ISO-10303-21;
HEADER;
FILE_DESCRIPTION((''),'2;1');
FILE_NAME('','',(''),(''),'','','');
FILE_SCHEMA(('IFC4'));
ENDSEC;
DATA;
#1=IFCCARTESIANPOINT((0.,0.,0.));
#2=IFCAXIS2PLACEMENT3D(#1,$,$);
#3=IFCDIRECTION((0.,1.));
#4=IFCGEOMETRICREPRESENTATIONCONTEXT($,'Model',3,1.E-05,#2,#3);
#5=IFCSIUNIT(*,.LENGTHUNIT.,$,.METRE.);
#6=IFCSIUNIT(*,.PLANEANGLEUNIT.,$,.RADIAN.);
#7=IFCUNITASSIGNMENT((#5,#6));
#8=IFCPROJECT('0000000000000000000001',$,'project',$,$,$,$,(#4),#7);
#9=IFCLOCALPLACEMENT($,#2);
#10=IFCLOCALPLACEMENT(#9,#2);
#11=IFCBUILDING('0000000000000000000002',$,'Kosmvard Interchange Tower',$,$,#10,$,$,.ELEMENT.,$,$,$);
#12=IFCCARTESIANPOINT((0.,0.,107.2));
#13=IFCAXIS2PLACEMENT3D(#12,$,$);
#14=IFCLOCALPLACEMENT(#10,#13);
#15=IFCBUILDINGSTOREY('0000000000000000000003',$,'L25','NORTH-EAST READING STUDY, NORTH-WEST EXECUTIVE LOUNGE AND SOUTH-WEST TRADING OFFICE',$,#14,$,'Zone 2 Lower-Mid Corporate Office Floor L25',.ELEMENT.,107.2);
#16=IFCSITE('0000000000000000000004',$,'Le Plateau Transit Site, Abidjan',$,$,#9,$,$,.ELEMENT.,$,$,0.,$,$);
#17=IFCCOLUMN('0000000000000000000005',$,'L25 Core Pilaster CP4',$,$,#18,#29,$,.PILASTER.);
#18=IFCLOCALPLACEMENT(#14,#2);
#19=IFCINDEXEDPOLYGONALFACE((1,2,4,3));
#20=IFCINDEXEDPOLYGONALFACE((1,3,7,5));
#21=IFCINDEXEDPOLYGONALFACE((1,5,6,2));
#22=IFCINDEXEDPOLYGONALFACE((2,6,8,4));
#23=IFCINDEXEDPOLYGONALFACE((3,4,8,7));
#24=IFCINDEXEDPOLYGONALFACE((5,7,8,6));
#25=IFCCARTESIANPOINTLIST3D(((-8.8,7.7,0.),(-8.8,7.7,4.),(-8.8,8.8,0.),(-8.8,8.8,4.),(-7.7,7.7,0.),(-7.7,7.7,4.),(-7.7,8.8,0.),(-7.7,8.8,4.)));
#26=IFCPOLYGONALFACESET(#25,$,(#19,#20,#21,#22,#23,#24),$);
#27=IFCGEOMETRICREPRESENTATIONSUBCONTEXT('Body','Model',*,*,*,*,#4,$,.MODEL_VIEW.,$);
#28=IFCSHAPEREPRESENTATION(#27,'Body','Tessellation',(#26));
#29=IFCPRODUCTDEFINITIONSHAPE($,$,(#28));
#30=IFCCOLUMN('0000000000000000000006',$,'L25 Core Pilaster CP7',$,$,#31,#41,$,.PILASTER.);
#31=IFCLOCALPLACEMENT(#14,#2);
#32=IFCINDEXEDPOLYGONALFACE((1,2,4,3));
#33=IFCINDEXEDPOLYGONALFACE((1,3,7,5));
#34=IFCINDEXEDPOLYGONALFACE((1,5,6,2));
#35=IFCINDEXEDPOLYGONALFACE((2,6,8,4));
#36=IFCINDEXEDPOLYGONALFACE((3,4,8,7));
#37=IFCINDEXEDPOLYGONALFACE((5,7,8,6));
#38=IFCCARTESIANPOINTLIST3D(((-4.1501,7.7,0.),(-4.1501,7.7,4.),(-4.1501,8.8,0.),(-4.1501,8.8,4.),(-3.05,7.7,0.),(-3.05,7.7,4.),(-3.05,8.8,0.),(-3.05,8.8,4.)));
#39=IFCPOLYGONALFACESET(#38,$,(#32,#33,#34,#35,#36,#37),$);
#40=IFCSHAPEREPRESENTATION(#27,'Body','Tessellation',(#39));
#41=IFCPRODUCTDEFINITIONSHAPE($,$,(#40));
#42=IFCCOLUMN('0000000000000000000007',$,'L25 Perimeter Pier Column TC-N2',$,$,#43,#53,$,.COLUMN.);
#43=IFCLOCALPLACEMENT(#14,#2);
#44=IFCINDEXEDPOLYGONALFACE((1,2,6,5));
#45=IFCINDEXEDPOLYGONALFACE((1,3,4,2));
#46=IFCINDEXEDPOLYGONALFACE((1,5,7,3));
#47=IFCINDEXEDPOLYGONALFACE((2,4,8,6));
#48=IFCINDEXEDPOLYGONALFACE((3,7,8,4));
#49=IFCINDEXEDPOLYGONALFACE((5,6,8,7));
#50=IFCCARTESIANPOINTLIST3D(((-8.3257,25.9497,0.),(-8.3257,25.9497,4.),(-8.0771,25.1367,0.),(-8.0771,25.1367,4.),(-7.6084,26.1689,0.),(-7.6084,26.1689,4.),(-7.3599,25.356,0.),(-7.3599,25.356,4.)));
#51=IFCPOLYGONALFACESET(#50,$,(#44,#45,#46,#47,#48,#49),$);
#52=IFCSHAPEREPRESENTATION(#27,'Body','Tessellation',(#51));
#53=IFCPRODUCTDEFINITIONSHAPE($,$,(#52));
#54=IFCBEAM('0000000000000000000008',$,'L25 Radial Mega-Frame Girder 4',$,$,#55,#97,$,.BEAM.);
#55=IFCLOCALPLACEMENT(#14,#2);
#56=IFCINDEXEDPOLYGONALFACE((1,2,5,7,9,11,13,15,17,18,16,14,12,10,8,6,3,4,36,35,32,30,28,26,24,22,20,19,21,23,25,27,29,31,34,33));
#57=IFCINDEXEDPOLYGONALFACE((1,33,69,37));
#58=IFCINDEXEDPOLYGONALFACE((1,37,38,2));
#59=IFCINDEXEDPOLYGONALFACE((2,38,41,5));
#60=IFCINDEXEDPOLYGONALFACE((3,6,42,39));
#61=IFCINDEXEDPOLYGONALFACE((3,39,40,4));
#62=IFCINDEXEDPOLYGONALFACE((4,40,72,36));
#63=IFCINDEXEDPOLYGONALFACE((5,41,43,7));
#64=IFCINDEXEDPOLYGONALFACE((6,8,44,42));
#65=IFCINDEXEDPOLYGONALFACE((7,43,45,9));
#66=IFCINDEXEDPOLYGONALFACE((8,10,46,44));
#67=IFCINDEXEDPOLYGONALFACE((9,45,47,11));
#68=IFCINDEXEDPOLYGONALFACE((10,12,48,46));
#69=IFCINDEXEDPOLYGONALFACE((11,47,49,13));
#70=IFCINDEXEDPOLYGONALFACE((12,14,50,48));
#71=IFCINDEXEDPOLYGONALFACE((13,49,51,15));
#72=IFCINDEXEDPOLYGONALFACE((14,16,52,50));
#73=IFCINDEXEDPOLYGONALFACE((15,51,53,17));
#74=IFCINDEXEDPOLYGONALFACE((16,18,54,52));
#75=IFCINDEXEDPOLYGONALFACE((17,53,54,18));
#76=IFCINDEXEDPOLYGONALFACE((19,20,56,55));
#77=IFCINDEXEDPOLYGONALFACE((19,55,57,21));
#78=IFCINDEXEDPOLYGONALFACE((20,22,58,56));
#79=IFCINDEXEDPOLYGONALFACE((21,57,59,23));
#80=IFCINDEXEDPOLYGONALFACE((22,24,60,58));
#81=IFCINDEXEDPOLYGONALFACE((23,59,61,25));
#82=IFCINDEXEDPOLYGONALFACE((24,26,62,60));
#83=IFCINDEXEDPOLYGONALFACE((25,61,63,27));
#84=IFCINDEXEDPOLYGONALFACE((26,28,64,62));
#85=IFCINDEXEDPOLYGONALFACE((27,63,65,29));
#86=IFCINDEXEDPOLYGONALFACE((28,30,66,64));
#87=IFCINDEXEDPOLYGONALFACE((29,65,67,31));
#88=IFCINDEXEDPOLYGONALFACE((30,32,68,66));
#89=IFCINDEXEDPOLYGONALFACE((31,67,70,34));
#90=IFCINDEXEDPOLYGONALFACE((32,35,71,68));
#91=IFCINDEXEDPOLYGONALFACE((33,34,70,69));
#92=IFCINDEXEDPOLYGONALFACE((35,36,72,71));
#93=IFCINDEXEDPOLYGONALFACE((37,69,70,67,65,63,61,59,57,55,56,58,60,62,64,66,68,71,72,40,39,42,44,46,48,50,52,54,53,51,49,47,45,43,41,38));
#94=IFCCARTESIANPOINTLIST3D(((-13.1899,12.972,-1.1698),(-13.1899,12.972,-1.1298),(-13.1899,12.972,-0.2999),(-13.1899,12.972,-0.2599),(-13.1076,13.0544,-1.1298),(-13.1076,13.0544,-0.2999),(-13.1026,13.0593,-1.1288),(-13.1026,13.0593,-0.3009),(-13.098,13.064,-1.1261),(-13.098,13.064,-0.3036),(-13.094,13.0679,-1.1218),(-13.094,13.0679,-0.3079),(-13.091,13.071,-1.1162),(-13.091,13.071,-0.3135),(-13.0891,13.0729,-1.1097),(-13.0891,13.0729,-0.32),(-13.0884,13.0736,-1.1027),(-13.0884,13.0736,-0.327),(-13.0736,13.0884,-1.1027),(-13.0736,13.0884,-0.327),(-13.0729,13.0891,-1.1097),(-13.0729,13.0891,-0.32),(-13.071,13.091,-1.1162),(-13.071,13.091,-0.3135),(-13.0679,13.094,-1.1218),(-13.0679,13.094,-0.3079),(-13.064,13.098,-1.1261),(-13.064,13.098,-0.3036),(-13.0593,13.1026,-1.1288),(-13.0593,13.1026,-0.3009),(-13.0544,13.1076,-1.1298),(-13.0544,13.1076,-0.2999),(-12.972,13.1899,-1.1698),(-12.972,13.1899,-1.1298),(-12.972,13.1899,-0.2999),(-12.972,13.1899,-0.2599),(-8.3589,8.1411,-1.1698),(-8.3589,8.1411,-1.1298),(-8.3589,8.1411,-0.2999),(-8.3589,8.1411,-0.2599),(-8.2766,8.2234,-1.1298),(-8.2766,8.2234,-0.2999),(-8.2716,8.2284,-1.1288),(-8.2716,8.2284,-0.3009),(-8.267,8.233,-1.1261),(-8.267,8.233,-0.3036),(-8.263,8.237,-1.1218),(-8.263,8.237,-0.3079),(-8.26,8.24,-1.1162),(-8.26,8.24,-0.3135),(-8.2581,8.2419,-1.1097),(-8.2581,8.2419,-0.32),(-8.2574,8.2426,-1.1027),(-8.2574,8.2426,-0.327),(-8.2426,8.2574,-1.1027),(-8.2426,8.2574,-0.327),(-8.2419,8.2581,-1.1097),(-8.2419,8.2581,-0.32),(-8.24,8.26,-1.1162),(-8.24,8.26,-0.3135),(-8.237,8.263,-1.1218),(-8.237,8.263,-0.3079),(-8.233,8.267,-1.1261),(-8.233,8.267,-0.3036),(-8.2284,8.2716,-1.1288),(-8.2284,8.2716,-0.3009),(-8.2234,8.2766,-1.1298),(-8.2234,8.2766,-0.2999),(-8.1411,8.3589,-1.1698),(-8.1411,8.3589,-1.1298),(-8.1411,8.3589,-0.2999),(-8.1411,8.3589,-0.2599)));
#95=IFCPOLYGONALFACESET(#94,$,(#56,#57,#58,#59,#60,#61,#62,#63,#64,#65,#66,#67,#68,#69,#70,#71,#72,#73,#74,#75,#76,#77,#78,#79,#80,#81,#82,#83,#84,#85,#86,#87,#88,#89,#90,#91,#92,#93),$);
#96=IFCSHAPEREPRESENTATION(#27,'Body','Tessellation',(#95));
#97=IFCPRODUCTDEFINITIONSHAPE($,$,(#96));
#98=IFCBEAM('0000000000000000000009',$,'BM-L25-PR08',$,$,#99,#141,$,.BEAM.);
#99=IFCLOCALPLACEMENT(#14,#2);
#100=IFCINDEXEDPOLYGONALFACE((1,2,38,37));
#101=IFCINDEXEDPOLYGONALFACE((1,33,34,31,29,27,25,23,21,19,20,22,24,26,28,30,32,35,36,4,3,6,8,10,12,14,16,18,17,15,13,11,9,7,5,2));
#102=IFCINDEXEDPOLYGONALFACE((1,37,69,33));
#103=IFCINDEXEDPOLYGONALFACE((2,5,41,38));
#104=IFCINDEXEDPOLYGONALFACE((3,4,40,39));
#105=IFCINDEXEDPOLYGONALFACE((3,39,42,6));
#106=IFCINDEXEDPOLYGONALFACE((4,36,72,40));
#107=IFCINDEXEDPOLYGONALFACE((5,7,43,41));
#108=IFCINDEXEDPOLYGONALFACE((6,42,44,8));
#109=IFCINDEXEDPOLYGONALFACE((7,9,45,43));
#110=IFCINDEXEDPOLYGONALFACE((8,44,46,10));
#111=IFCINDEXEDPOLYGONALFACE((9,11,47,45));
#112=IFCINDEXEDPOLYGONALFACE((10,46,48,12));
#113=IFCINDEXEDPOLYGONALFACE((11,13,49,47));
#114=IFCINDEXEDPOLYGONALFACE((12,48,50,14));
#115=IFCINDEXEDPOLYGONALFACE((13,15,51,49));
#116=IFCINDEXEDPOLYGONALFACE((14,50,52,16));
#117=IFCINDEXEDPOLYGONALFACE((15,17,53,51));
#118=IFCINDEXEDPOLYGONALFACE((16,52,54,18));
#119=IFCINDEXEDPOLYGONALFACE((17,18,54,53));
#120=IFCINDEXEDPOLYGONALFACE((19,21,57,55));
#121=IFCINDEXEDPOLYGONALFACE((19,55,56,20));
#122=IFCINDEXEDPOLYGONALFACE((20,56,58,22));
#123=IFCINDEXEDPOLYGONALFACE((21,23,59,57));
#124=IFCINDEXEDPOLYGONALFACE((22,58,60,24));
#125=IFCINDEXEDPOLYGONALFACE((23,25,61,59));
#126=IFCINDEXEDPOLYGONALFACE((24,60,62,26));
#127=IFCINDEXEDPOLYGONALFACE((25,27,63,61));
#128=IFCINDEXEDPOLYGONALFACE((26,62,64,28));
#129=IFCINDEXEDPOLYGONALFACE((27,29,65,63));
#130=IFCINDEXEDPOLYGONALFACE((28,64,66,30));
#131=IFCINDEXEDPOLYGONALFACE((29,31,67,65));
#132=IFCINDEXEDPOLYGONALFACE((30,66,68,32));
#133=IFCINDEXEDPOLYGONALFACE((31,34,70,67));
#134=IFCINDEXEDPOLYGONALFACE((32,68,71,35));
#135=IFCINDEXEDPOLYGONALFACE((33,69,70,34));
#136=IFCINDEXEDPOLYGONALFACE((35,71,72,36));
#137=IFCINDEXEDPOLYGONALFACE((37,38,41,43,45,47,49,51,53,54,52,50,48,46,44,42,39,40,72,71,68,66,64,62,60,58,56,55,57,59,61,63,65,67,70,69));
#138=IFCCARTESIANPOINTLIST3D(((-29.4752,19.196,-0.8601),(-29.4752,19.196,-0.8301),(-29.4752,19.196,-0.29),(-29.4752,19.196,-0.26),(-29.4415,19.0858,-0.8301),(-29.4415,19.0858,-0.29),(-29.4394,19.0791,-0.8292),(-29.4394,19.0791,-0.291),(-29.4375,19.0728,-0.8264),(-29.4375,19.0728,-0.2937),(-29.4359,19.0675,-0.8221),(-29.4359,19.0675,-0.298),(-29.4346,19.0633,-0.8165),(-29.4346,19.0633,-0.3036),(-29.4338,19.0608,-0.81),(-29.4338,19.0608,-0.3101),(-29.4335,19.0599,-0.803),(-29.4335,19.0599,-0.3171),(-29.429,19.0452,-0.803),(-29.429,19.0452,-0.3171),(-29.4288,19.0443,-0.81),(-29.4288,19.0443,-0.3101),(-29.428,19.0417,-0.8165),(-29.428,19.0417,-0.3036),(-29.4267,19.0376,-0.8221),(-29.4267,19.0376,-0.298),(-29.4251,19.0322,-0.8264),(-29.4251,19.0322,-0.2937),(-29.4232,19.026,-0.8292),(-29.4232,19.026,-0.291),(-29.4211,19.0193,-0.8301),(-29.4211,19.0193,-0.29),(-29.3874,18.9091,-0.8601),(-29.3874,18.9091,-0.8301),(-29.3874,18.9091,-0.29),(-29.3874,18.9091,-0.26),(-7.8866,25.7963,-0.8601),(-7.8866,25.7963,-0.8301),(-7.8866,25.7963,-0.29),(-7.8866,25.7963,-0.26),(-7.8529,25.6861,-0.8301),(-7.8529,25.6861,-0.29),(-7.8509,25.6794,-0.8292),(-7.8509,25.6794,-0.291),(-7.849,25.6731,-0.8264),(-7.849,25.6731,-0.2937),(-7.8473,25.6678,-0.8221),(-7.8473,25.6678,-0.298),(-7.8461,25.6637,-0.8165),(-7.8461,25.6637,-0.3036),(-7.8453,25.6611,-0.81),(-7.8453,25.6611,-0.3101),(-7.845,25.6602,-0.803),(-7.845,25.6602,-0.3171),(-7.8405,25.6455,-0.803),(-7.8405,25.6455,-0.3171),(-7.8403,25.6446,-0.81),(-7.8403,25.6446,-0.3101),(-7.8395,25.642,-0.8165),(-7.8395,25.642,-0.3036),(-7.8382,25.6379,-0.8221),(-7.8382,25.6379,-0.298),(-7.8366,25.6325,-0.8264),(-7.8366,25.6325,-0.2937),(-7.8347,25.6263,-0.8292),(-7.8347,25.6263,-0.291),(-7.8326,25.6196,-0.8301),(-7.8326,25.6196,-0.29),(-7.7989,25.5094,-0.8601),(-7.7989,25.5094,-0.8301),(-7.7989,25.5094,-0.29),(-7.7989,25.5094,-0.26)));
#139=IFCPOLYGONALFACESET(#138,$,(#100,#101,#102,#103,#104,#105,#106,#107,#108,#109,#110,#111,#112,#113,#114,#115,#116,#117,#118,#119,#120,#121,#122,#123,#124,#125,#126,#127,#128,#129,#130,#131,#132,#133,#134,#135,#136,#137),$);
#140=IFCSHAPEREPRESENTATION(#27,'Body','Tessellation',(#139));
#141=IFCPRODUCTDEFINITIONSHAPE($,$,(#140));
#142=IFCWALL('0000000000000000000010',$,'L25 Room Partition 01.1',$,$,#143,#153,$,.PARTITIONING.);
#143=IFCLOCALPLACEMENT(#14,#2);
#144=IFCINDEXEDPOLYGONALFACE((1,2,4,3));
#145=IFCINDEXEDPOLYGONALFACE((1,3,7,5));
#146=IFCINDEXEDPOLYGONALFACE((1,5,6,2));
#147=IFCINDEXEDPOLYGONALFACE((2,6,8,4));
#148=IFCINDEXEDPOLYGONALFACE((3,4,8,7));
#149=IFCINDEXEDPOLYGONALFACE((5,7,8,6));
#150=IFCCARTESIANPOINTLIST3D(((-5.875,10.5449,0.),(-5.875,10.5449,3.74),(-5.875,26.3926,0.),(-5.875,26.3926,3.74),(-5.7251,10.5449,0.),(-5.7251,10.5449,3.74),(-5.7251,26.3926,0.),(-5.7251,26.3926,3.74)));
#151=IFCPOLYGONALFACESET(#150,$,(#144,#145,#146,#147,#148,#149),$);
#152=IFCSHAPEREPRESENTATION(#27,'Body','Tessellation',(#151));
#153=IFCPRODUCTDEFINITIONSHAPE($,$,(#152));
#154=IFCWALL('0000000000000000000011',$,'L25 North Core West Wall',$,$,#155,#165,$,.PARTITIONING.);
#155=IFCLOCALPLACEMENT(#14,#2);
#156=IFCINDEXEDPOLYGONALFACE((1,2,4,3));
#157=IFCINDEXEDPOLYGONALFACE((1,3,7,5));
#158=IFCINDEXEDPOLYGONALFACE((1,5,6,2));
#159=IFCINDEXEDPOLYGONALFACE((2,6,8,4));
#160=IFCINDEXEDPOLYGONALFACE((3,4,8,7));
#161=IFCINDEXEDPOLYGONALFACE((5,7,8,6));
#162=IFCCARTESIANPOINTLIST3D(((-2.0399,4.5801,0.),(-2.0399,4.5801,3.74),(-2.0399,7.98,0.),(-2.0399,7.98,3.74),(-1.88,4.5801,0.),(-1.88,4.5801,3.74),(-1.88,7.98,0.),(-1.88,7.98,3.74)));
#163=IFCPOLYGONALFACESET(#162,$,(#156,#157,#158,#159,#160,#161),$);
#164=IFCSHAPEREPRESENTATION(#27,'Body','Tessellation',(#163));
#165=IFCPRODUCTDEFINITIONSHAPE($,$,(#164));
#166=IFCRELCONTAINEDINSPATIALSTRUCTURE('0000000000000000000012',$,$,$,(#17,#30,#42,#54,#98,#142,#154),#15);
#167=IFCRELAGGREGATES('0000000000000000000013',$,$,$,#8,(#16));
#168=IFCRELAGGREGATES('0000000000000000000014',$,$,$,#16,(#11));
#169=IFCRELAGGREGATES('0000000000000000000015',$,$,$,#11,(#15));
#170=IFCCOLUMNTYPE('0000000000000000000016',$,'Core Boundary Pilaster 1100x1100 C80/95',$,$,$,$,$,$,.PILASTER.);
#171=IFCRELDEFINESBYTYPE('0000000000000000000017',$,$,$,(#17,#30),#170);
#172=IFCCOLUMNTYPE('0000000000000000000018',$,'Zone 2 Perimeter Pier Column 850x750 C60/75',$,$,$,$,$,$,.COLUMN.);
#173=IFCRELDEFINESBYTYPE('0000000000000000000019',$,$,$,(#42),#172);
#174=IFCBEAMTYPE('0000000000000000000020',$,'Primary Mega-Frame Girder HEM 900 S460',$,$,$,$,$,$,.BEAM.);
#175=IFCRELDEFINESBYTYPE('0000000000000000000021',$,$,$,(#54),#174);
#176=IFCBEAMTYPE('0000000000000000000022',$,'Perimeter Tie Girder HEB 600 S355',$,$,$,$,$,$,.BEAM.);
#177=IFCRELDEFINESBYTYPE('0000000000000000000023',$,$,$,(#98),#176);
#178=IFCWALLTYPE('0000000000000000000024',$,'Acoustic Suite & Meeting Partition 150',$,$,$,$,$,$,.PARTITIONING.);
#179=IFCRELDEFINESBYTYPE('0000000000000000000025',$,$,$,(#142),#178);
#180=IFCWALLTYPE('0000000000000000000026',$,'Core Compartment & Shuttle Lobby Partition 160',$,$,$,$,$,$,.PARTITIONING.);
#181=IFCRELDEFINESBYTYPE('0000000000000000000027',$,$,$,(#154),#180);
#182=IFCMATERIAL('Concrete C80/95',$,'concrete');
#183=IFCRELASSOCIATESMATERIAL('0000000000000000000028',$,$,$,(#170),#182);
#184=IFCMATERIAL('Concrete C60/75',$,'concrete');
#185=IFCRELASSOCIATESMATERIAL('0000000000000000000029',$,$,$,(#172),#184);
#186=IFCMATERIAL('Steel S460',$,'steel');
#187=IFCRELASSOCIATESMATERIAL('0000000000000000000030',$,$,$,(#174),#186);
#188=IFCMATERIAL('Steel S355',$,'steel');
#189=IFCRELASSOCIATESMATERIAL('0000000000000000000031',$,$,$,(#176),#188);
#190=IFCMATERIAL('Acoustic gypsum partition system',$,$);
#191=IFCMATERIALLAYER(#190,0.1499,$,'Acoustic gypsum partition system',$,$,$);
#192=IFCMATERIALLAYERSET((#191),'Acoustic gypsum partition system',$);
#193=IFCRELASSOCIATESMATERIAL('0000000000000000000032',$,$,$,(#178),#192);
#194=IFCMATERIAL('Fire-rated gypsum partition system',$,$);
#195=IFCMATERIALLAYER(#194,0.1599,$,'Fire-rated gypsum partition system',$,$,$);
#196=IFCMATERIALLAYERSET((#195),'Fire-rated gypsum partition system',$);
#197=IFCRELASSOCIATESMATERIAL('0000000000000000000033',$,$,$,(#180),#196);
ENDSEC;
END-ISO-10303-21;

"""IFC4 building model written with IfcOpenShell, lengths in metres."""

from ifc_helpers import new_model, si_unit, direction, frame, frame_2d, origin, origin_2d, place, context, subcontext, project, spatial, rectangle, i_section, extrude, source, transform, mapped, material, layer, layer_set, material_profile, profile_set, type_object, element, save


model = new_model("IFC4")

# Units and contexts
model_context = context("Model", 3, precision=1e-05, world=origin(), true_north=direction((0.0, 1.0)))
body_context = subcontext(model_context, "Body", "Model", "MODEL_VIEW")
ifc_project = project(units=[si_unit("LENGTHUNIT", "METRE"), si_unit("PLANEANGLEUNIT", "RADIAN")], contexts=[model_context])

# Site, building, storey
site_placement = place(None, origin())
site = spatial("IfcSite", under=ifc_project, at=site_placement, Name="Le Plateau Transit Site, Abidjan", CompositionType="ELEMENT", RefElevation=0.0)
building_placement = place(site_placement, origin())
building = spatial("IfcBuilding", under=site, at=building_placement, Name="Kosmvard Interchange Tower", CompositionType="ELEMENT")
storey_placement = place(building_placement, frame((0.0, 0.0, 107.2)))
storey = spatial("IfcBuildingStorey", under=building, at=storey_placement, Name="L25", Description="NORTH-EAST READING STUDY, NORTH-WEST EXECUTIVE LOUNGE AND SOUTH-WEST TRADING OFFICE", LongName="Zone 2 Lower-Mid Corporate Office Floor L25", CompositionType="ELEMENT", Elevation=107.2)

# Columns
ifc_material_1 = material(Name="Concrete C80/95", Category="concrete")
ifc_material_profile_1 = material_profile(ifc_material_1, rectangle(XDim=1.1001, YDim=1.1001, at=origin_2d()), Name="CP 1100x1100")
ifc_profile_set_1 = profile_set([ifc_material_profile_1], Name="Concrete C80/95")
column_type_1 = type_object("IfcColumnType", Name="Core Boundary Pilaster 1100x1100 C80/95", PredefinedType="PILASTER", material=ifc_profile_set_1)
shared_shape_1 = source(origin(), body_context, "Body", "SweptSolid", [
    extrude(rectangle(XDim=1.1001, YDim=1.1001, at=origin_2d()), origin(), (0.0, 0.0, 1.0), 4.0),
])
for number, where, z_axis, x_axis, name in (
    (1, (-8.25, 8.25, 0.0), (0.0, 0.0, 1.0), (1.0, 0.0, 0.0), "L25 Core Pilaster CP4"),
    (2, (-3.6001, 8.25, 0.0), (0.0, 0.0, 1.0), (1.0, 0.0, 0.0), "L25 Core Pilaster CP7"),
):
    element("IfcColumn", number, at=place(storey_placement, frame(where, z_axis=z_axis, x_axis=x_axis)), inside=storey, type_object=column_type_1, Name=name, PredefinedType="PILASTER", context=body_context, shape_type="MappedRepresentation", body=[
        mapped(shared_shape_1, transform((0.0, 0.0, 0.0), scale=1.0)),
    ])
ifc_material_2 = material(Name="Concrete C60/75", Category="concrete")
ifc_material_profile_2 = material_profile(ifc_material_2, rectangle(XDim=0.75, YDim=0.8501, at=origin_2d()), Name="TC 850x750")
ifc_profile_set_2 = profile_set([ifc_material_profile_2], Name="Concrete C60/75")
column_type_2 = type_object("IfcColumnType", Name="Zone 2 Perimeter Pier Column 850x750 C60/75", PredefinedType="COLUMN", material=ifc_profile_set_2)
shared_shape_2 = source(origin(), body_context, "Body", "SweptSolid", [
    extrude(rectangle(XDim=0.75, YDim=0.8501, at=origin_2d()), origin(), (0.0, 0.0, 1.0), 4.0),
])
column_placement = place(storey_placement, frame((-7.8428, 25.6528, 0.0), z_axis=(0.0, 0.0, 1.0), x_axis=(0.956305, 0.292372, 0.0)))
element("IfcColumn", 3, at=column_placement, inside=storey, type_object=column_type_2, Name="L25 Perimeter Pier Column TC-N2", PredefinedType="COLUMN", context=body_context, shape_type="MappedRepresentation", body=[
    mapped(shared_shape_2, transform((0.0, 0.0, 0.0), scale=1.0)),
])

# Beams
ifc_material_3 = material(Name="Steel S460", Category="steel")
ifc_material_profile_3 = material_profile(ifc_material_3, i_section(OverallWidth=0.3081, OverallDepth=0.9099, WebThickness=0.021, FlangeThickness=0.04, FilletRadius=0.0271, at=origin_2d()), Name="HEM 900")
ifc_profile_set_3 = profile_set([ifc_material_profile_3], Name="Steel S460")
beam_type_1 = type_object("IfcBeamType", Name="Primary Mega-Frame Girder HEM 900 S460", PredefinedType="BEAM", material=ifc_profile_set_3)
shared_shape_3 = source(origin(), body_context, "Body", "SweptSolid", [
    extrude(i_section(OverallWidth=0.3081, OverallDepth=0.9099, WebThickness=0.021, FlangeThickness=0.04, FilletRadius=0.0271, at=origin_2d()), origin(), (0.0, 0.0, 1.0), 6.832),
])
beam_1_placement = place(storey_placement, frame((-8.25, 8.25, -0.7148), z_axis=(-0.707107, 0.707107, 0.0), x_axis=(-0.707107, -0.707107, 0.0)))
element("IfcBeam", 4, at=beam_1_placement, inside=storey, type_object=beam_type_1, Name="L25 Radial Mega-Frame Girder 4", PredefinedType="BEAM", context=body_context, shape_type="MappedRepresentation", body=[
    mapped(shared_shape_3, transform((0.0, 0.0, 0.0), scale=1.0)),
])
ifc_material_4 = material(Name="Steel S355", Category="steel")
ifc_material_profile_4 = material_profile(ifc_material_4, i_section(OverallWidth=0.3, OverallDepth=0.6001, WebThickness=0.0154, FlangeThickness=0.03, FilletRadius=0.0271, at=origin_2d()), Name="HEB 600")
ifc_profile_set_4 = profile_set([ifc_material_profile_4], Name="Steel S355")
beam_type_2 = type_object("IfcBeamType", Name="Perimeter Tie Girder HEB 600 S355", PredefinedType="BEAM", material=ifc_profile_set_4)
shared_shape_4 = source(origin(), body_context, "Body", "SweptSolid", [
    extrude(i_section(OverallWidth=0.3, OverallDepth=0.6001, WebThickness=0.0154, FlangeThickness=0.03, FilletRadius=0.0271, at=origin_2d()), origin(), (0.0, 0.0, 1.0), 22.575),
])
beam_2_placement = place(storey_placement, frame((-7.8428, 25.6528, -0.5601), z_axis=(-0.956304, -0.292373, 0.0), x_axis=(0.292373, -0.956304, 0.0)))
element("IfcBeam", 5, at=beam_2_placement, inside=storey, type_object=beam_type_2, Name="BM-L25-PR08", PredefinedType="BEAM", context=body_context, shape_type="MappedRepresentation", body=[
    mapped(shared_shape_4, transform((0.0, 0.0, 0.0), scale=1.0)),
])

# Walls
ifc_material_5 = material(Name="Acoustic gypsum partition system")
ifc_layer_1 = layer(ifc_material_5, 0.1499, Name="Acoustic gypsum partition system")
ifc_layer_set_1 = layer_set([ifc_layer_1], Name="Acoustic gypsum partition system")
wall_type_1 = type_object("IfcWallType", Name="Acoustic Suite & Meeting Partition 150", PredefinedType="PARTITIONING", material=ifc_layer_set_1)
wall_1_placement = place(storey_placement, frame((-5.8, 10.5449, 0.0), z_axis=(0.0, 0.0, 1.0), x_axis=(0.0, 1.0, 0.0)))
element("IfcWall", 6, at=wall_1_placement, inside=storey, type_object=wall_type_1, Name="L25 Room Partition 01.1", PredefinedType="PARTITIONING", context=body_context, shape_type="SweptSolid", body=[
    extrude(rectangle(XDim=15.8477, YDim=0.1499, at=frame_2d((7.9238, 0.0))), origin(), (0.0, 0.0, 1.0), 3.74),
])
ifc_material_6 = material(Name="Fire-rated gypsum partition system")
ifc_layer_2 = layer(ifc_material_6, 0.1599, Name="Fire-rated gypsum partition system")
ifc_layer_set_2 = layer_set([ifc_layer_2], Name="Fire-rated gypsum partition system")
wall_type_2 = type_object("IfcWallType", Name="Core Compartment & Shuttle Lobby Partition 160", PredefinedType="PARTITIONING", material=ifc_layer_set_2)
wall_2_placement = place(storey_placement, frame((-1.96, 4.5801, 0.0), z_axis=(0.0, 0.0, 1.0), x_axis=(0.0, 1.0, 0.0)))
element("IfcWall", 7, at=wall_2_placement, inside=storey, type_object=wall_type_2, Name="L25 North Core West Wall", PredefinedType="PARTITIONING", context=body_context, shape_type="SweptSolid", body=[
    extrude(rectangle(XDim=3.3999, YDim=0.1599, at=frame_2d((1.7, 0.0))), origin(), (0.0, 0.0, 1.0), 3.74),
])

save(model, "model.ifc")
